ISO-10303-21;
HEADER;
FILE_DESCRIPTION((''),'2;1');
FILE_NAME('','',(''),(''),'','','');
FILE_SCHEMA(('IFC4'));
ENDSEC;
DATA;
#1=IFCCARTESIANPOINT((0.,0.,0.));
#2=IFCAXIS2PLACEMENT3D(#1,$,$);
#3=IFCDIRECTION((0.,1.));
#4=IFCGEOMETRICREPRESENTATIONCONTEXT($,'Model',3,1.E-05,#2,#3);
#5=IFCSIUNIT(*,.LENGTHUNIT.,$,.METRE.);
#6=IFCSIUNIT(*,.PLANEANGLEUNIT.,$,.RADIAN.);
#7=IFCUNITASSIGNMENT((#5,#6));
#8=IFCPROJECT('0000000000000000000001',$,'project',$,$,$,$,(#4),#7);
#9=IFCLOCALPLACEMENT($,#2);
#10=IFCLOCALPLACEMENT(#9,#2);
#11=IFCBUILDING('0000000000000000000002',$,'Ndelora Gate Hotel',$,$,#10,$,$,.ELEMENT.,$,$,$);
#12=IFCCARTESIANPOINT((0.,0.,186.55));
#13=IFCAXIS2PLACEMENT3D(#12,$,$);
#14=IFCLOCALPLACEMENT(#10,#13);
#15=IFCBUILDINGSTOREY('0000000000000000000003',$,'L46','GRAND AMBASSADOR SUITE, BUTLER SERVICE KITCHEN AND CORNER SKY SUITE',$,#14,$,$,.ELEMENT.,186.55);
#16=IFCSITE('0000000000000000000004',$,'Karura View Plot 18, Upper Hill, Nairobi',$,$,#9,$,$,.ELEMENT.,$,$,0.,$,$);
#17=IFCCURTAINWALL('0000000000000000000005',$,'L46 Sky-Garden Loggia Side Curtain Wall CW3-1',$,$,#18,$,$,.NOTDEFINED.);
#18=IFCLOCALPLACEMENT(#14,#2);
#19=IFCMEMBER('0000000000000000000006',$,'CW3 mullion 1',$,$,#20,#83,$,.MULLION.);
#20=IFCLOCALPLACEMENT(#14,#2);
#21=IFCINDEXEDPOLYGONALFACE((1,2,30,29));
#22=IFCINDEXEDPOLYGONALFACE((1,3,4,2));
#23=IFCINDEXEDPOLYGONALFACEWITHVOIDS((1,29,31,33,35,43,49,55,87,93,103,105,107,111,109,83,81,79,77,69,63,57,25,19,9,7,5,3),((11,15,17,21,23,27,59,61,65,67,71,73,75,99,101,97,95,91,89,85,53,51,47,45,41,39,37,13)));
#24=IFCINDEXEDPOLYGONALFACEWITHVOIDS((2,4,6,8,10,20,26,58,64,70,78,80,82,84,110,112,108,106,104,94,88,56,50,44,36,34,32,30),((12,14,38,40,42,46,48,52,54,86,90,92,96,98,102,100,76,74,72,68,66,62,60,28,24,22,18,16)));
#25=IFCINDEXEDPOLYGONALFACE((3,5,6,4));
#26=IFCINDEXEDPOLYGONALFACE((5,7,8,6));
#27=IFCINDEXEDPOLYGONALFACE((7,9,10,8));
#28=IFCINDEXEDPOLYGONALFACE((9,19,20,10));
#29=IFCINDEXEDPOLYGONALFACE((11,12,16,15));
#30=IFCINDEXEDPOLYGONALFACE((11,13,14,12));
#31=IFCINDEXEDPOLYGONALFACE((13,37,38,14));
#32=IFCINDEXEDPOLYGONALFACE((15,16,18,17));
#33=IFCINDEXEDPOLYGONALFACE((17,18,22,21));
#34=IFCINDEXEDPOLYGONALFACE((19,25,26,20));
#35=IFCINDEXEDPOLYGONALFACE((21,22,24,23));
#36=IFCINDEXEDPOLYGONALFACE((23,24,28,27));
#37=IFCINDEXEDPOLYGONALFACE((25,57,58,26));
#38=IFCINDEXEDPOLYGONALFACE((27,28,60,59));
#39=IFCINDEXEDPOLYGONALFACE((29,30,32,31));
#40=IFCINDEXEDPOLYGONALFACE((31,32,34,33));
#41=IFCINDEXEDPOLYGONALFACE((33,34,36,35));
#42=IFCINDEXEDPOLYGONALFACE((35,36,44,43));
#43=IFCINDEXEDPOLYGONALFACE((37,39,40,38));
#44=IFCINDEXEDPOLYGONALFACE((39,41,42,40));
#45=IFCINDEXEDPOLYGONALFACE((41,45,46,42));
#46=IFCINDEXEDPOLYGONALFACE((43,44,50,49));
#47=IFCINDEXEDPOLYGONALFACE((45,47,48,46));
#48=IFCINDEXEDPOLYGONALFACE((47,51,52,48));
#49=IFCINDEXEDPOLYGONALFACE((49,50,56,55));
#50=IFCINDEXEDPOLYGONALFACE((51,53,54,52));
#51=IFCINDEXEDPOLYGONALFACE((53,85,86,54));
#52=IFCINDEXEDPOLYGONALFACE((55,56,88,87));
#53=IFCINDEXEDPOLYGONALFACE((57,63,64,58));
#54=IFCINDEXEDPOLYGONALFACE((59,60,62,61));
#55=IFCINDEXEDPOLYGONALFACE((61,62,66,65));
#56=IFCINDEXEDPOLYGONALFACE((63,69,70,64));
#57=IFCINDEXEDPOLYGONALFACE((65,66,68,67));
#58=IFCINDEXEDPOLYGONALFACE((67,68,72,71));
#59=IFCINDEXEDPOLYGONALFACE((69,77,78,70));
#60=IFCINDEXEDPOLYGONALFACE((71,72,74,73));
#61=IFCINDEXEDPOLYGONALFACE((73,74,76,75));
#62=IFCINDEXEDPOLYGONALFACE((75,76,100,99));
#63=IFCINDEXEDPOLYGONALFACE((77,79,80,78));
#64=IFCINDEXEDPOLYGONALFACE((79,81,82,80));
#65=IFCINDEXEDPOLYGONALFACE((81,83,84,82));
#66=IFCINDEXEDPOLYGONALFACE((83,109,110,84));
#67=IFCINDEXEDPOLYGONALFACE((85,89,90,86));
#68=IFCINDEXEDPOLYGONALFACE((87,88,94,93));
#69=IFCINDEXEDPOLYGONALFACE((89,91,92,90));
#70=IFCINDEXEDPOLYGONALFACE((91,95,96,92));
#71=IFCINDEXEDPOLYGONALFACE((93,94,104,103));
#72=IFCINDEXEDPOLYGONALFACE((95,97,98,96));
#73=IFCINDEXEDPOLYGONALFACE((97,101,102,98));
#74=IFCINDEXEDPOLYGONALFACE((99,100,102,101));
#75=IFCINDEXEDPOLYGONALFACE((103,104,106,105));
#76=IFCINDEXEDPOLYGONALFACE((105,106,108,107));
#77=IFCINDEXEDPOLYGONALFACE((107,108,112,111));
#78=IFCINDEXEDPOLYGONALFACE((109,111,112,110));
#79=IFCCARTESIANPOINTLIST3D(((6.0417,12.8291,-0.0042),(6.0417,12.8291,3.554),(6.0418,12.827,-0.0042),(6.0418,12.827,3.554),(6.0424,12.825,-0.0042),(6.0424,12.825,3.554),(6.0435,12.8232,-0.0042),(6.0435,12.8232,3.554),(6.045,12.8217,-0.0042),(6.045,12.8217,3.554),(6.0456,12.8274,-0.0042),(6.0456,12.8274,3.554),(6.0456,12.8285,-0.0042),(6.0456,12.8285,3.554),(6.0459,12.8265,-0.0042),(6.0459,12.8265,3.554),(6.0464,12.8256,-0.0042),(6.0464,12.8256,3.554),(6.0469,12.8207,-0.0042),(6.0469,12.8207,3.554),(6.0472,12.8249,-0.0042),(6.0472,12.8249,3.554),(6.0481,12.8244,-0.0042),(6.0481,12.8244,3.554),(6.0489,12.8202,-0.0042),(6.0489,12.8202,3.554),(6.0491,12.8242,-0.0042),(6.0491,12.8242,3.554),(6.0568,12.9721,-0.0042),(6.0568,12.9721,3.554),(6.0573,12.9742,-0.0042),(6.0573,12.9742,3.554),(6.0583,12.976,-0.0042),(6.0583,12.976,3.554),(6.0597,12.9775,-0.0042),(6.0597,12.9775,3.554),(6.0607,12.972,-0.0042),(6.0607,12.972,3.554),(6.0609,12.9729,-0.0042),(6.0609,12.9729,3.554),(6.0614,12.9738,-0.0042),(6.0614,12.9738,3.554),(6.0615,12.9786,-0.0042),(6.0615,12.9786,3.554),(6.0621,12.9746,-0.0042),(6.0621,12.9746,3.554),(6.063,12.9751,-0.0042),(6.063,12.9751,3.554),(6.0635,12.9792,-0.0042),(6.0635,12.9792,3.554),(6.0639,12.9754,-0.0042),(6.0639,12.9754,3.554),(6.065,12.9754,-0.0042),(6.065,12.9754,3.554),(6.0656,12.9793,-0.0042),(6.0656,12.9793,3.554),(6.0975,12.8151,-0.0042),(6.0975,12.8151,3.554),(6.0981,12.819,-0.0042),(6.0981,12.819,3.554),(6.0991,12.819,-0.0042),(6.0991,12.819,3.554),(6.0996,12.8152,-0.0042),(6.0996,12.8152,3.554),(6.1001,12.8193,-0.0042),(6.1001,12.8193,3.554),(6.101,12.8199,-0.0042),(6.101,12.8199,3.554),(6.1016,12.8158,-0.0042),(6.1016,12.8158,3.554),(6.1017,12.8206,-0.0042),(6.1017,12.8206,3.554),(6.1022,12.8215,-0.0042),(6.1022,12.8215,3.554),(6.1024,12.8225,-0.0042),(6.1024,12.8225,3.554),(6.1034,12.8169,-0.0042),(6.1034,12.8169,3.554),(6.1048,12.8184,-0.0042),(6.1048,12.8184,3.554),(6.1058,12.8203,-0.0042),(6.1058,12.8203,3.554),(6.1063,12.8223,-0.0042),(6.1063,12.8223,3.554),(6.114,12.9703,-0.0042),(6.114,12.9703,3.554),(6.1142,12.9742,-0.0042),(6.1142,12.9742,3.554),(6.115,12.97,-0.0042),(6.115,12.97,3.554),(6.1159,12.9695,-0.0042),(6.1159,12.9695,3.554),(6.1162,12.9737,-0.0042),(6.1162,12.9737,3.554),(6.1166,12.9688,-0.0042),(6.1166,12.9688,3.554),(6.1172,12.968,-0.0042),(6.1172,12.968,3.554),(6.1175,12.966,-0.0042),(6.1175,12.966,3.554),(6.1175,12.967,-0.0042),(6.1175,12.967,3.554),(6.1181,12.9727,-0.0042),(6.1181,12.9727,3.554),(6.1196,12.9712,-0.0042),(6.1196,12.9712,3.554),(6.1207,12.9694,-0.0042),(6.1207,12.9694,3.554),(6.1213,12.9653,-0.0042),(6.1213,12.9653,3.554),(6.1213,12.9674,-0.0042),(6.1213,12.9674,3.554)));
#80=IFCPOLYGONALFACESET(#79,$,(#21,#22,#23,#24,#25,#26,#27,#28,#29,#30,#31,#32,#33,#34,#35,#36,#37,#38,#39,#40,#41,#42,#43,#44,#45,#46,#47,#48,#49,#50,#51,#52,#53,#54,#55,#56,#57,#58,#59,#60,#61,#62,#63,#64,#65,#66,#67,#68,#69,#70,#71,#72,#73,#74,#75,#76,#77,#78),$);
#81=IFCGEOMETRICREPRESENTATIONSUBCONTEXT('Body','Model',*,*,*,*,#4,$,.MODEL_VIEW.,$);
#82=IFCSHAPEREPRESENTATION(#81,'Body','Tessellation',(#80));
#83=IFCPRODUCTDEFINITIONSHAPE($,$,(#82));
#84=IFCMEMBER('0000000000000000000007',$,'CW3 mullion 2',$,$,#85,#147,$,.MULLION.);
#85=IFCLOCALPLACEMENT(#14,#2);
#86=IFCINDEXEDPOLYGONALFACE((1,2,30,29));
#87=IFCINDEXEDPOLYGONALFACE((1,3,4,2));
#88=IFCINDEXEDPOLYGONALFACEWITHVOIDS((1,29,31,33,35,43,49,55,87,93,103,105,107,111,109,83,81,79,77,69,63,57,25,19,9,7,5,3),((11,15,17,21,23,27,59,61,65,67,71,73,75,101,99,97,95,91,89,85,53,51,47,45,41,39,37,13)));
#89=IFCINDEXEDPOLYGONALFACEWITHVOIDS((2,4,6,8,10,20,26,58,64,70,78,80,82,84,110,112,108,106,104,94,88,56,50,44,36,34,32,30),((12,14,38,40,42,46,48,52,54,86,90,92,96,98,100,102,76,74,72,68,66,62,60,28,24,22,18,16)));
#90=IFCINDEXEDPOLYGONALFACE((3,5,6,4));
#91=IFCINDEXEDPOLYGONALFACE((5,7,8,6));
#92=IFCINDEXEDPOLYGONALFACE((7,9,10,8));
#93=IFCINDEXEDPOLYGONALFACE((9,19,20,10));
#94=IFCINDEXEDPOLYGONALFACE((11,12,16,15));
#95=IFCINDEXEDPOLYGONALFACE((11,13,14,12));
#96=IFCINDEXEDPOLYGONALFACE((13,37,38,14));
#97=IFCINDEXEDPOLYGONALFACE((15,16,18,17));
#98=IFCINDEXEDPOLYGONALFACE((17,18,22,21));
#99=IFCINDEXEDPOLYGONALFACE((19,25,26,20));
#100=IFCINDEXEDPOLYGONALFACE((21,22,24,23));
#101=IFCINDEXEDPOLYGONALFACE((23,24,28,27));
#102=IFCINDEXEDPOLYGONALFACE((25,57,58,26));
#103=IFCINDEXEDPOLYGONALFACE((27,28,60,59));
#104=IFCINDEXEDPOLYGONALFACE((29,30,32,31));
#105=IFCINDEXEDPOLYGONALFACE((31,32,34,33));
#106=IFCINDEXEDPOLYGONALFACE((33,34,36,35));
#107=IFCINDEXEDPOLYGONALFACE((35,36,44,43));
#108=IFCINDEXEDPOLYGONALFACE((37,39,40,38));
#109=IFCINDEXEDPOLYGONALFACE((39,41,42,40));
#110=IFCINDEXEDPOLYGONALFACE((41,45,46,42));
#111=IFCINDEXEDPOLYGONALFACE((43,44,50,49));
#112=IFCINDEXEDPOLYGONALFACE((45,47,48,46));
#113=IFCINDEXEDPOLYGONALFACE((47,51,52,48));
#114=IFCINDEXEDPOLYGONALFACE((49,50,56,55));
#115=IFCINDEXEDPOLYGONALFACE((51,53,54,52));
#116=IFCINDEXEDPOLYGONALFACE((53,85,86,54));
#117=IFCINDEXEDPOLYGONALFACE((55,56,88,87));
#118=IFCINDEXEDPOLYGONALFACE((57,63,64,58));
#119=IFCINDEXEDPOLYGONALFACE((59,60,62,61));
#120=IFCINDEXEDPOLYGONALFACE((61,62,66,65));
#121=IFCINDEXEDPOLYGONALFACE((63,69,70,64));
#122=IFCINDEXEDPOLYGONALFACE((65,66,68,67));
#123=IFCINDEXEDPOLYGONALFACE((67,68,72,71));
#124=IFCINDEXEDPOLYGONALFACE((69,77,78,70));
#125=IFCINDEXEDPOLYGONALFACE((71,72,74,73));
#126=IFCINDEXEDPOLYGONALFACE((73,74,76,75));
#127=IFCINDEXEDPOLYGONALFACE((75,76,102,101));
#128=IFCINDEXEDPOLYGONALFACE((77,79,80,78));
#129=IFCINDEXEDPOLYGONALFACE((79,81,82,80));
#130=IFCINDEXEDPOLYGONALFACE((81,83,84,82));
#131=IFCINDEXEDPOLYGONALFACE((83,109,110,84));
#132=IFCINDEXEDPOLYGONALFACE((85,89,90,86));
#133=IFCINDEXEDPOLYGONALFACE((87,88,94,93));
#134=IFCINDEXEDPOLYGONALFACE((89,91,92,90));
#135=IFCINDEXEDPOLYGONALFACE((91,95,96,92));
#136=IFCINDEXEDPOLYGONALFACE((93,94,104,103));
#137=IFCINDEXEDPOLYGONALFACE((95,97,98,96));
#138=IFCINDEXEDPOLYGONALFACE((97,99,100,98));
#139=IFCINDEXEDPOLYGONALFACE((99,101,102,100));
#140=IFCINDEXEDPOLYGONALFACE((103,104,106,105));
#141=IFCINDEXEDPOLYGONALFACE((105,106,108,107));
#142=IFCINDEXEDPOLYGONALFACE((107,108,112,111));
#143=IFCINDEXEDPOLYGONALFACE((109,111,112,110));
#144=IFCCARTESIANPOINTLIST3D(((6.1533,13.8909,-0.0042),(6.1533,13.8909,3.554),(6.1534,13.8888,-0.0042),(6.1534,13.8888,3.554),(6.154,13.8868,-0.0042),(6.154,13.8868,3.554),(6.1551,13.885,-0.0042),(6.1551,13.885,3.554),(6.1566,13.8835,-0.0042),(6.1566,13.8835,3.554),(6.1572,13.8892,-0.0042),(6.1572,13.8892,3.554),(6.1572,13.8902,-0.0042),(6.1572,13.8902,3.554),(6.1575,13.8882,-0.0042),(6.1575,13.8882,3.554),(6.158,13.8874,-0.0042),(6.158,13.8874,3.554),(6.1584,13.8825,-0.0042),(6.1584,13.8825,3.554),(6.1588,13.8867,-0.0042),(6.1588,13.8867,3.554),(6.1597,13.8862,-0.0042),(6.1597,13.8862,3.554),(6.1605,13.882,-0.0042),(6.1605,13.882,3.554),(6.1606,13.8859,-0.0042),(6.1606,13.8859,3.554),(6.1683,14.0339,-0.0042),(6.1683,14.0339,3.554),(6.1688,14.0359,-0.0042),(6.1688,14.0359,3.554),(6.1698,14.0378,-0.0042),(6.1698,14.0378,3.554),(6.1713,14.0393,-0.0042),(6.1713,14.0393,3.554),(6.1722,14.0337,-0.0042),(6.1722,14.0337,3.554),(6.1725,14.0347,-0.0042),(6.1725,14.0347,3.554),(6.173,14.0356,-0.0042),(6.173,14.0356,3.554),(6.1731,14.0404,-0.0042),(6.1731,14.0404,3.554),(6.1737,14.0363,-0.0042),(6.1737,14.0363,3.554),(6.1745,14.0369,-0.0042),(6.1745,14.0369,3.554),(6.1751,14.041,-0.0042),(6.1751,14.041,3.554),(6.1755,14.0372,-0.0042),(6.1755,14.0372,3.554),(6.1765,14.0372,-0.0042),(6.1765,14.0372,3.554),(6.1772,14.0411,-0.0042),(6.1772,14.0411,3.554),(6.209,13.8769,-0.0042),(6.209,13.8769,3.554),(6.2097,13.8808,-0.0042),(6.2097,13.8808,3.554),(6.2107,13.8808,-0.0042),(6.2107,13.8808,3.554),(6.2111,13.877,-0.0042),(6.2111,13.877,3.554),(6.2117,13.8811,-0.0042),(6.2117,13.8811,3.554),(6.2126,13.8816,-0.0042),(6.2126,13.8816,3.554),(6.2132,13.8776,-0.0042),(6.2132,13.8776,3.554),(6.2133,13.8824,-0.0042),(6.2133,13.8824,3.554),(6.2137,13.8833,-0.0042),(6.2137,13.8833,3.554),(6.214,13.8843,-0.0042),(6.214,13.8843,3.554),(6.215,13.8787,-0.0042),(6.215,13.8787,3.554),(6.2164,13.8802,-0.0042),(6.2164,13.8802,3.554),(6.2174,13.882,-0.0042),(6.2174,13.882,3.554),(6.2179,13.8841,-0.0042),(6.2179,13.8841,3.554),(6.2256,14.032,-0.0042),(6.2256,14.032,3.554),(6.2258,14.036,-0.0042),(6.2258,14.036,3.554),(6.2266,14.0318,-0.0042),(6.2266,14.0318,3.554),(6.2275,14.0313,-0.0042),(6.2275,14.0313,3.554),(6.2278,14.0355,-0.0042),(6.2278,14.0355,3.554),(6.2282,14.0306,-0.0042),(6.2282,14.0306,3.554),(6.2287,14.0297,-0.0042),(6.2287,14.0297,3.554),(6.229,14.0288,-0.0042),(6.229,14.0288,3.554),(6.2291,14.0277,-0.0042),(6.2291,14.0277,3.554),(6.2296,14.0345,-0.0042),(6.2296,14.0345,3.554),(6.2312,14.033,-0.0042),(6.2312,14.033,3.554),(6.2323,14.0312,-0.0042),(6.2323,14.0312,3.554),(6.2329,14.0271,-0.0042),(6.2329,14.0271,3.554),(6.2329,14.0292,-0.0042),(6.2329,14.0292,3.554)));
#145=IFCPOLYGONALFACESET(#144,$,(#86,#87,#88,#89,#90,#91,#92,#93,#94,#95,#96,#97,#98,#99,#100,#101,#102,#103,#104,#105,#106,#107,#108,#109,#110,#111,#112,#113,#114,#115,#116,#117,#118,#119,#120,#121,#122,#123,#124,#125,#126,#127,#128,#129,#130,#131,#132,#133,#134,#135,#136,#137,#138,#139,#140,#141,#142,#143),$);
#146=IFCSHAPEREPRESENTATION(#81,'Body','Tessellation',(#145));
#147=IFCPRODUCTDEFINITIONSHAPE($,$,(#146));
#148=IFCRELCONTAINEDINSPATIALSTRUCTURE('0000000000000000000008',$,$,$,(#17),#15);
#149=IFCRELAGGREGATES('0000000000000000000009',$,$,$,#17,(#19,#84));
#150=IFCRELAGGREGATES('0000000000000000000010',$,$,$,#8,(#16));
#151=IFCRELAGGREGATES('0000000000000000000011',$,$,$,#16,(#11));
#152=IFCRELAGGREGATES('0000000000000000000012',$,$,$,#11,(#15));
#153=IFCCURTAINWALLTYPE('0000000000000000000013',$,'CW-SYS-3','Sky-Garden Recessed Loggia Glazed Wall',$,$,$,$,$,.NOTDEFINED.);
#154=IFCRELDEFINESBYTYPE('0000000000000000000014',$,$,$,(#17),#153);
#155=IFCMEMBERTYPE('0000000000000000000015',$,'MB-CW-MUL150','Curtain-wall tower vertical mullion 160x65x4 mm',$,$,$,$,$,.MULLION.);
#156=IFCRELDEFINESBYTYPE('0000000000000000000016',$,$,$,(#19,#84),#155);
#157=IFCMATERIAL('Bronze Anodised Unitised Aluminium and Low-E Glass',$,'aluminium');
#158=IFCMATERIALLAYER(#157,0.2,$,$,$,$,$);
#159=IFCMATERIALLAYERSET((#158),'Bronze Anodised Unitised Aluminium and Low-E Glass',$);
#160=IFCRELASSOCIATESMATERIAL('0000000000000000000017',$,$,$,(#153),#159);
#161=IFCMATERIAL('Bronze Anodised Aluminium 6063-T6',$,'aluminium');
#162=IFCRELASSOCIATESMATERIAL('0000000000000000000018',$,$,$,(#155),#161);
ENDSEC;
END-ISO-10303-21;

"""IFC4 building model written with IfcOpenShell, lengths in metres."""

from ifc_helpers import new_model, si_unit, direction, frame, origin, origin_2d, place, context, subcontext, project, spatial, hollow_rectangle, extrude, material, layer, layer_set, material_profile, profile_set, type_object, element, aggregate, save


model = new_model("IFC4")

# Units and contexts
model_context = context("Model", 3, precision=1e-05, world=origin(), true_north=direction((0.0, 1.0)))
body_context = subcontext(model_context, "Body", "Model", "MODEL_VIEW")
ifc_project = project(units=[si_unit("LENGTHUNIT", "METRE"), si_unit("PLANEANGLEUNIT", "RADIAN")], contexts=[model_context])

# Site, building, storey
site_placement = place(None, origin())
site = spatial("IfcSite", under=ifc_project, at=site_placement, Name="Karura View Plot 18, Upper Hill, Nairobi", CompositionType="ELEMENT", RefElevation=0.0)
building_placement = place(site_placement, origin())
building = spatial("IfcBuilding", under=site, at=building_placement, Name="Ndelora Gate Hotel", CompositionType="ELEMENT")
storey_placement = place(building_placement, frame((0.0, 0.0, 186.55)))
storey = spatial("IfcBuildingStorey", under=building, at=storey_placement, Name="L46", Description="GRAND AMBASSADOR SUITE, BUTLER SERVICE KITCHEN AND CORNER SKY SUITE", CompositionType="ELEMENT", Elevation=186.55)

# Curtain wall, members
ifc_material_1 = material(Name="Bronze Anodised Unitised Aluminium and Low-E Glass", Category="aluminium")
ifc_layer_1 = layer(ifc_material_1, 0.2)
ifc_layer_set_1 = layer_set([ifc_layer_1], Name="Bronze Anodised Unitised Aluminium and Low-E Glass")
curtain_wall_type = type_object("IfcCurtainWallType", Name="CW-SYS-3", Description="Sky-Garden Recessed Loggia Glazed Wall", PredefinedType="NOTDEFINED", material=ifc_layer_set_1)
curtain_wall_placement = place(storey_placement, origin())
curtain_wall = element("IfcCurtainWall", 1, at=curtain_wall_placement, inside=storey, type_object=curtain_wall_type, Name="L46 Sky-Garden Loggia Side Curtain Wall CW3-1", PredefinedType="NOTDEFINED")
ifc_material_2 = material(Name="Bronze Anodised Aluminium 6063-T6", Category="aluminium")
ifc_material_profile_1 = material_profile(ifc_material_2, hollow_rectangle(XDim=0.0649, YDim=0.1599, WallThickness=0.0039, InnerFilletRadius=0.0039, OuterFilletRadius=0.0081, at=origin_2d()), Name="ALU 160x65x4")
ifc_profile_set_1 = profile_set([ifc_material_profile_1], Name="Bronze Anodised Aluminium 6063-T6")
member_type_1 = type_object("IfcMemberType", Name="MB-CW-MUL150", Description="Curtain-wall tower vertical mullion 160x65x4 mm", PredefinedType="MULLION", material=ifc_profile_set_1)
member_1_placement = place(storey_placement, frame((6.0815, 12.8972, -0.0042), z_axis=(0.0, 0.0, 1.0), x_axis=(-0.994525, 0.104498, 0.0)))
member_1 = element("IfcMember", 2, at=member_1_placement, type_object=member_type_1, Name="CW3 mullion 1", PredefinedType="MULLION", context=body_context, shape_type="SweptSolid", body=[
    extrude(hollow_rectangle(XDim=0.0649, YDim=0.1599, WallThickness=0.0039, InnerFilletRadius=0.0039, OuterFilletRadius=0.0081, at=origin_2d()), origin(), (0.0, 0.0, 1.0), 3.5581),
])
member_2_placement = place(storey_placement, frame((6.1931, 13.959, -0.0042), z_axis=(0.0, 0.0, 1.0), x_axis=(-0.994525, 0.104498, 0.0)))
member_2 = element("IfcMember", 3, at=member_2_placement, type_object=member_type_1, Name="CW3 mullion 2", PredefinedType="MULLION", context=body_context, shape_type="SweptSolid", body=[
    extrude(hollow_rectangle(XDim=0.0649, YDim=0.1599, WallThickness=0.0039, InnerFilletRadius=0.0039, OuterFilletRadius=0.0081, at=origin_2d()), origin(), (0.0, 0.0, 1.0), 3.5581),
])
aggregate(curtain_wall, [member_1, member_2])

save(model, "model.ifc")
